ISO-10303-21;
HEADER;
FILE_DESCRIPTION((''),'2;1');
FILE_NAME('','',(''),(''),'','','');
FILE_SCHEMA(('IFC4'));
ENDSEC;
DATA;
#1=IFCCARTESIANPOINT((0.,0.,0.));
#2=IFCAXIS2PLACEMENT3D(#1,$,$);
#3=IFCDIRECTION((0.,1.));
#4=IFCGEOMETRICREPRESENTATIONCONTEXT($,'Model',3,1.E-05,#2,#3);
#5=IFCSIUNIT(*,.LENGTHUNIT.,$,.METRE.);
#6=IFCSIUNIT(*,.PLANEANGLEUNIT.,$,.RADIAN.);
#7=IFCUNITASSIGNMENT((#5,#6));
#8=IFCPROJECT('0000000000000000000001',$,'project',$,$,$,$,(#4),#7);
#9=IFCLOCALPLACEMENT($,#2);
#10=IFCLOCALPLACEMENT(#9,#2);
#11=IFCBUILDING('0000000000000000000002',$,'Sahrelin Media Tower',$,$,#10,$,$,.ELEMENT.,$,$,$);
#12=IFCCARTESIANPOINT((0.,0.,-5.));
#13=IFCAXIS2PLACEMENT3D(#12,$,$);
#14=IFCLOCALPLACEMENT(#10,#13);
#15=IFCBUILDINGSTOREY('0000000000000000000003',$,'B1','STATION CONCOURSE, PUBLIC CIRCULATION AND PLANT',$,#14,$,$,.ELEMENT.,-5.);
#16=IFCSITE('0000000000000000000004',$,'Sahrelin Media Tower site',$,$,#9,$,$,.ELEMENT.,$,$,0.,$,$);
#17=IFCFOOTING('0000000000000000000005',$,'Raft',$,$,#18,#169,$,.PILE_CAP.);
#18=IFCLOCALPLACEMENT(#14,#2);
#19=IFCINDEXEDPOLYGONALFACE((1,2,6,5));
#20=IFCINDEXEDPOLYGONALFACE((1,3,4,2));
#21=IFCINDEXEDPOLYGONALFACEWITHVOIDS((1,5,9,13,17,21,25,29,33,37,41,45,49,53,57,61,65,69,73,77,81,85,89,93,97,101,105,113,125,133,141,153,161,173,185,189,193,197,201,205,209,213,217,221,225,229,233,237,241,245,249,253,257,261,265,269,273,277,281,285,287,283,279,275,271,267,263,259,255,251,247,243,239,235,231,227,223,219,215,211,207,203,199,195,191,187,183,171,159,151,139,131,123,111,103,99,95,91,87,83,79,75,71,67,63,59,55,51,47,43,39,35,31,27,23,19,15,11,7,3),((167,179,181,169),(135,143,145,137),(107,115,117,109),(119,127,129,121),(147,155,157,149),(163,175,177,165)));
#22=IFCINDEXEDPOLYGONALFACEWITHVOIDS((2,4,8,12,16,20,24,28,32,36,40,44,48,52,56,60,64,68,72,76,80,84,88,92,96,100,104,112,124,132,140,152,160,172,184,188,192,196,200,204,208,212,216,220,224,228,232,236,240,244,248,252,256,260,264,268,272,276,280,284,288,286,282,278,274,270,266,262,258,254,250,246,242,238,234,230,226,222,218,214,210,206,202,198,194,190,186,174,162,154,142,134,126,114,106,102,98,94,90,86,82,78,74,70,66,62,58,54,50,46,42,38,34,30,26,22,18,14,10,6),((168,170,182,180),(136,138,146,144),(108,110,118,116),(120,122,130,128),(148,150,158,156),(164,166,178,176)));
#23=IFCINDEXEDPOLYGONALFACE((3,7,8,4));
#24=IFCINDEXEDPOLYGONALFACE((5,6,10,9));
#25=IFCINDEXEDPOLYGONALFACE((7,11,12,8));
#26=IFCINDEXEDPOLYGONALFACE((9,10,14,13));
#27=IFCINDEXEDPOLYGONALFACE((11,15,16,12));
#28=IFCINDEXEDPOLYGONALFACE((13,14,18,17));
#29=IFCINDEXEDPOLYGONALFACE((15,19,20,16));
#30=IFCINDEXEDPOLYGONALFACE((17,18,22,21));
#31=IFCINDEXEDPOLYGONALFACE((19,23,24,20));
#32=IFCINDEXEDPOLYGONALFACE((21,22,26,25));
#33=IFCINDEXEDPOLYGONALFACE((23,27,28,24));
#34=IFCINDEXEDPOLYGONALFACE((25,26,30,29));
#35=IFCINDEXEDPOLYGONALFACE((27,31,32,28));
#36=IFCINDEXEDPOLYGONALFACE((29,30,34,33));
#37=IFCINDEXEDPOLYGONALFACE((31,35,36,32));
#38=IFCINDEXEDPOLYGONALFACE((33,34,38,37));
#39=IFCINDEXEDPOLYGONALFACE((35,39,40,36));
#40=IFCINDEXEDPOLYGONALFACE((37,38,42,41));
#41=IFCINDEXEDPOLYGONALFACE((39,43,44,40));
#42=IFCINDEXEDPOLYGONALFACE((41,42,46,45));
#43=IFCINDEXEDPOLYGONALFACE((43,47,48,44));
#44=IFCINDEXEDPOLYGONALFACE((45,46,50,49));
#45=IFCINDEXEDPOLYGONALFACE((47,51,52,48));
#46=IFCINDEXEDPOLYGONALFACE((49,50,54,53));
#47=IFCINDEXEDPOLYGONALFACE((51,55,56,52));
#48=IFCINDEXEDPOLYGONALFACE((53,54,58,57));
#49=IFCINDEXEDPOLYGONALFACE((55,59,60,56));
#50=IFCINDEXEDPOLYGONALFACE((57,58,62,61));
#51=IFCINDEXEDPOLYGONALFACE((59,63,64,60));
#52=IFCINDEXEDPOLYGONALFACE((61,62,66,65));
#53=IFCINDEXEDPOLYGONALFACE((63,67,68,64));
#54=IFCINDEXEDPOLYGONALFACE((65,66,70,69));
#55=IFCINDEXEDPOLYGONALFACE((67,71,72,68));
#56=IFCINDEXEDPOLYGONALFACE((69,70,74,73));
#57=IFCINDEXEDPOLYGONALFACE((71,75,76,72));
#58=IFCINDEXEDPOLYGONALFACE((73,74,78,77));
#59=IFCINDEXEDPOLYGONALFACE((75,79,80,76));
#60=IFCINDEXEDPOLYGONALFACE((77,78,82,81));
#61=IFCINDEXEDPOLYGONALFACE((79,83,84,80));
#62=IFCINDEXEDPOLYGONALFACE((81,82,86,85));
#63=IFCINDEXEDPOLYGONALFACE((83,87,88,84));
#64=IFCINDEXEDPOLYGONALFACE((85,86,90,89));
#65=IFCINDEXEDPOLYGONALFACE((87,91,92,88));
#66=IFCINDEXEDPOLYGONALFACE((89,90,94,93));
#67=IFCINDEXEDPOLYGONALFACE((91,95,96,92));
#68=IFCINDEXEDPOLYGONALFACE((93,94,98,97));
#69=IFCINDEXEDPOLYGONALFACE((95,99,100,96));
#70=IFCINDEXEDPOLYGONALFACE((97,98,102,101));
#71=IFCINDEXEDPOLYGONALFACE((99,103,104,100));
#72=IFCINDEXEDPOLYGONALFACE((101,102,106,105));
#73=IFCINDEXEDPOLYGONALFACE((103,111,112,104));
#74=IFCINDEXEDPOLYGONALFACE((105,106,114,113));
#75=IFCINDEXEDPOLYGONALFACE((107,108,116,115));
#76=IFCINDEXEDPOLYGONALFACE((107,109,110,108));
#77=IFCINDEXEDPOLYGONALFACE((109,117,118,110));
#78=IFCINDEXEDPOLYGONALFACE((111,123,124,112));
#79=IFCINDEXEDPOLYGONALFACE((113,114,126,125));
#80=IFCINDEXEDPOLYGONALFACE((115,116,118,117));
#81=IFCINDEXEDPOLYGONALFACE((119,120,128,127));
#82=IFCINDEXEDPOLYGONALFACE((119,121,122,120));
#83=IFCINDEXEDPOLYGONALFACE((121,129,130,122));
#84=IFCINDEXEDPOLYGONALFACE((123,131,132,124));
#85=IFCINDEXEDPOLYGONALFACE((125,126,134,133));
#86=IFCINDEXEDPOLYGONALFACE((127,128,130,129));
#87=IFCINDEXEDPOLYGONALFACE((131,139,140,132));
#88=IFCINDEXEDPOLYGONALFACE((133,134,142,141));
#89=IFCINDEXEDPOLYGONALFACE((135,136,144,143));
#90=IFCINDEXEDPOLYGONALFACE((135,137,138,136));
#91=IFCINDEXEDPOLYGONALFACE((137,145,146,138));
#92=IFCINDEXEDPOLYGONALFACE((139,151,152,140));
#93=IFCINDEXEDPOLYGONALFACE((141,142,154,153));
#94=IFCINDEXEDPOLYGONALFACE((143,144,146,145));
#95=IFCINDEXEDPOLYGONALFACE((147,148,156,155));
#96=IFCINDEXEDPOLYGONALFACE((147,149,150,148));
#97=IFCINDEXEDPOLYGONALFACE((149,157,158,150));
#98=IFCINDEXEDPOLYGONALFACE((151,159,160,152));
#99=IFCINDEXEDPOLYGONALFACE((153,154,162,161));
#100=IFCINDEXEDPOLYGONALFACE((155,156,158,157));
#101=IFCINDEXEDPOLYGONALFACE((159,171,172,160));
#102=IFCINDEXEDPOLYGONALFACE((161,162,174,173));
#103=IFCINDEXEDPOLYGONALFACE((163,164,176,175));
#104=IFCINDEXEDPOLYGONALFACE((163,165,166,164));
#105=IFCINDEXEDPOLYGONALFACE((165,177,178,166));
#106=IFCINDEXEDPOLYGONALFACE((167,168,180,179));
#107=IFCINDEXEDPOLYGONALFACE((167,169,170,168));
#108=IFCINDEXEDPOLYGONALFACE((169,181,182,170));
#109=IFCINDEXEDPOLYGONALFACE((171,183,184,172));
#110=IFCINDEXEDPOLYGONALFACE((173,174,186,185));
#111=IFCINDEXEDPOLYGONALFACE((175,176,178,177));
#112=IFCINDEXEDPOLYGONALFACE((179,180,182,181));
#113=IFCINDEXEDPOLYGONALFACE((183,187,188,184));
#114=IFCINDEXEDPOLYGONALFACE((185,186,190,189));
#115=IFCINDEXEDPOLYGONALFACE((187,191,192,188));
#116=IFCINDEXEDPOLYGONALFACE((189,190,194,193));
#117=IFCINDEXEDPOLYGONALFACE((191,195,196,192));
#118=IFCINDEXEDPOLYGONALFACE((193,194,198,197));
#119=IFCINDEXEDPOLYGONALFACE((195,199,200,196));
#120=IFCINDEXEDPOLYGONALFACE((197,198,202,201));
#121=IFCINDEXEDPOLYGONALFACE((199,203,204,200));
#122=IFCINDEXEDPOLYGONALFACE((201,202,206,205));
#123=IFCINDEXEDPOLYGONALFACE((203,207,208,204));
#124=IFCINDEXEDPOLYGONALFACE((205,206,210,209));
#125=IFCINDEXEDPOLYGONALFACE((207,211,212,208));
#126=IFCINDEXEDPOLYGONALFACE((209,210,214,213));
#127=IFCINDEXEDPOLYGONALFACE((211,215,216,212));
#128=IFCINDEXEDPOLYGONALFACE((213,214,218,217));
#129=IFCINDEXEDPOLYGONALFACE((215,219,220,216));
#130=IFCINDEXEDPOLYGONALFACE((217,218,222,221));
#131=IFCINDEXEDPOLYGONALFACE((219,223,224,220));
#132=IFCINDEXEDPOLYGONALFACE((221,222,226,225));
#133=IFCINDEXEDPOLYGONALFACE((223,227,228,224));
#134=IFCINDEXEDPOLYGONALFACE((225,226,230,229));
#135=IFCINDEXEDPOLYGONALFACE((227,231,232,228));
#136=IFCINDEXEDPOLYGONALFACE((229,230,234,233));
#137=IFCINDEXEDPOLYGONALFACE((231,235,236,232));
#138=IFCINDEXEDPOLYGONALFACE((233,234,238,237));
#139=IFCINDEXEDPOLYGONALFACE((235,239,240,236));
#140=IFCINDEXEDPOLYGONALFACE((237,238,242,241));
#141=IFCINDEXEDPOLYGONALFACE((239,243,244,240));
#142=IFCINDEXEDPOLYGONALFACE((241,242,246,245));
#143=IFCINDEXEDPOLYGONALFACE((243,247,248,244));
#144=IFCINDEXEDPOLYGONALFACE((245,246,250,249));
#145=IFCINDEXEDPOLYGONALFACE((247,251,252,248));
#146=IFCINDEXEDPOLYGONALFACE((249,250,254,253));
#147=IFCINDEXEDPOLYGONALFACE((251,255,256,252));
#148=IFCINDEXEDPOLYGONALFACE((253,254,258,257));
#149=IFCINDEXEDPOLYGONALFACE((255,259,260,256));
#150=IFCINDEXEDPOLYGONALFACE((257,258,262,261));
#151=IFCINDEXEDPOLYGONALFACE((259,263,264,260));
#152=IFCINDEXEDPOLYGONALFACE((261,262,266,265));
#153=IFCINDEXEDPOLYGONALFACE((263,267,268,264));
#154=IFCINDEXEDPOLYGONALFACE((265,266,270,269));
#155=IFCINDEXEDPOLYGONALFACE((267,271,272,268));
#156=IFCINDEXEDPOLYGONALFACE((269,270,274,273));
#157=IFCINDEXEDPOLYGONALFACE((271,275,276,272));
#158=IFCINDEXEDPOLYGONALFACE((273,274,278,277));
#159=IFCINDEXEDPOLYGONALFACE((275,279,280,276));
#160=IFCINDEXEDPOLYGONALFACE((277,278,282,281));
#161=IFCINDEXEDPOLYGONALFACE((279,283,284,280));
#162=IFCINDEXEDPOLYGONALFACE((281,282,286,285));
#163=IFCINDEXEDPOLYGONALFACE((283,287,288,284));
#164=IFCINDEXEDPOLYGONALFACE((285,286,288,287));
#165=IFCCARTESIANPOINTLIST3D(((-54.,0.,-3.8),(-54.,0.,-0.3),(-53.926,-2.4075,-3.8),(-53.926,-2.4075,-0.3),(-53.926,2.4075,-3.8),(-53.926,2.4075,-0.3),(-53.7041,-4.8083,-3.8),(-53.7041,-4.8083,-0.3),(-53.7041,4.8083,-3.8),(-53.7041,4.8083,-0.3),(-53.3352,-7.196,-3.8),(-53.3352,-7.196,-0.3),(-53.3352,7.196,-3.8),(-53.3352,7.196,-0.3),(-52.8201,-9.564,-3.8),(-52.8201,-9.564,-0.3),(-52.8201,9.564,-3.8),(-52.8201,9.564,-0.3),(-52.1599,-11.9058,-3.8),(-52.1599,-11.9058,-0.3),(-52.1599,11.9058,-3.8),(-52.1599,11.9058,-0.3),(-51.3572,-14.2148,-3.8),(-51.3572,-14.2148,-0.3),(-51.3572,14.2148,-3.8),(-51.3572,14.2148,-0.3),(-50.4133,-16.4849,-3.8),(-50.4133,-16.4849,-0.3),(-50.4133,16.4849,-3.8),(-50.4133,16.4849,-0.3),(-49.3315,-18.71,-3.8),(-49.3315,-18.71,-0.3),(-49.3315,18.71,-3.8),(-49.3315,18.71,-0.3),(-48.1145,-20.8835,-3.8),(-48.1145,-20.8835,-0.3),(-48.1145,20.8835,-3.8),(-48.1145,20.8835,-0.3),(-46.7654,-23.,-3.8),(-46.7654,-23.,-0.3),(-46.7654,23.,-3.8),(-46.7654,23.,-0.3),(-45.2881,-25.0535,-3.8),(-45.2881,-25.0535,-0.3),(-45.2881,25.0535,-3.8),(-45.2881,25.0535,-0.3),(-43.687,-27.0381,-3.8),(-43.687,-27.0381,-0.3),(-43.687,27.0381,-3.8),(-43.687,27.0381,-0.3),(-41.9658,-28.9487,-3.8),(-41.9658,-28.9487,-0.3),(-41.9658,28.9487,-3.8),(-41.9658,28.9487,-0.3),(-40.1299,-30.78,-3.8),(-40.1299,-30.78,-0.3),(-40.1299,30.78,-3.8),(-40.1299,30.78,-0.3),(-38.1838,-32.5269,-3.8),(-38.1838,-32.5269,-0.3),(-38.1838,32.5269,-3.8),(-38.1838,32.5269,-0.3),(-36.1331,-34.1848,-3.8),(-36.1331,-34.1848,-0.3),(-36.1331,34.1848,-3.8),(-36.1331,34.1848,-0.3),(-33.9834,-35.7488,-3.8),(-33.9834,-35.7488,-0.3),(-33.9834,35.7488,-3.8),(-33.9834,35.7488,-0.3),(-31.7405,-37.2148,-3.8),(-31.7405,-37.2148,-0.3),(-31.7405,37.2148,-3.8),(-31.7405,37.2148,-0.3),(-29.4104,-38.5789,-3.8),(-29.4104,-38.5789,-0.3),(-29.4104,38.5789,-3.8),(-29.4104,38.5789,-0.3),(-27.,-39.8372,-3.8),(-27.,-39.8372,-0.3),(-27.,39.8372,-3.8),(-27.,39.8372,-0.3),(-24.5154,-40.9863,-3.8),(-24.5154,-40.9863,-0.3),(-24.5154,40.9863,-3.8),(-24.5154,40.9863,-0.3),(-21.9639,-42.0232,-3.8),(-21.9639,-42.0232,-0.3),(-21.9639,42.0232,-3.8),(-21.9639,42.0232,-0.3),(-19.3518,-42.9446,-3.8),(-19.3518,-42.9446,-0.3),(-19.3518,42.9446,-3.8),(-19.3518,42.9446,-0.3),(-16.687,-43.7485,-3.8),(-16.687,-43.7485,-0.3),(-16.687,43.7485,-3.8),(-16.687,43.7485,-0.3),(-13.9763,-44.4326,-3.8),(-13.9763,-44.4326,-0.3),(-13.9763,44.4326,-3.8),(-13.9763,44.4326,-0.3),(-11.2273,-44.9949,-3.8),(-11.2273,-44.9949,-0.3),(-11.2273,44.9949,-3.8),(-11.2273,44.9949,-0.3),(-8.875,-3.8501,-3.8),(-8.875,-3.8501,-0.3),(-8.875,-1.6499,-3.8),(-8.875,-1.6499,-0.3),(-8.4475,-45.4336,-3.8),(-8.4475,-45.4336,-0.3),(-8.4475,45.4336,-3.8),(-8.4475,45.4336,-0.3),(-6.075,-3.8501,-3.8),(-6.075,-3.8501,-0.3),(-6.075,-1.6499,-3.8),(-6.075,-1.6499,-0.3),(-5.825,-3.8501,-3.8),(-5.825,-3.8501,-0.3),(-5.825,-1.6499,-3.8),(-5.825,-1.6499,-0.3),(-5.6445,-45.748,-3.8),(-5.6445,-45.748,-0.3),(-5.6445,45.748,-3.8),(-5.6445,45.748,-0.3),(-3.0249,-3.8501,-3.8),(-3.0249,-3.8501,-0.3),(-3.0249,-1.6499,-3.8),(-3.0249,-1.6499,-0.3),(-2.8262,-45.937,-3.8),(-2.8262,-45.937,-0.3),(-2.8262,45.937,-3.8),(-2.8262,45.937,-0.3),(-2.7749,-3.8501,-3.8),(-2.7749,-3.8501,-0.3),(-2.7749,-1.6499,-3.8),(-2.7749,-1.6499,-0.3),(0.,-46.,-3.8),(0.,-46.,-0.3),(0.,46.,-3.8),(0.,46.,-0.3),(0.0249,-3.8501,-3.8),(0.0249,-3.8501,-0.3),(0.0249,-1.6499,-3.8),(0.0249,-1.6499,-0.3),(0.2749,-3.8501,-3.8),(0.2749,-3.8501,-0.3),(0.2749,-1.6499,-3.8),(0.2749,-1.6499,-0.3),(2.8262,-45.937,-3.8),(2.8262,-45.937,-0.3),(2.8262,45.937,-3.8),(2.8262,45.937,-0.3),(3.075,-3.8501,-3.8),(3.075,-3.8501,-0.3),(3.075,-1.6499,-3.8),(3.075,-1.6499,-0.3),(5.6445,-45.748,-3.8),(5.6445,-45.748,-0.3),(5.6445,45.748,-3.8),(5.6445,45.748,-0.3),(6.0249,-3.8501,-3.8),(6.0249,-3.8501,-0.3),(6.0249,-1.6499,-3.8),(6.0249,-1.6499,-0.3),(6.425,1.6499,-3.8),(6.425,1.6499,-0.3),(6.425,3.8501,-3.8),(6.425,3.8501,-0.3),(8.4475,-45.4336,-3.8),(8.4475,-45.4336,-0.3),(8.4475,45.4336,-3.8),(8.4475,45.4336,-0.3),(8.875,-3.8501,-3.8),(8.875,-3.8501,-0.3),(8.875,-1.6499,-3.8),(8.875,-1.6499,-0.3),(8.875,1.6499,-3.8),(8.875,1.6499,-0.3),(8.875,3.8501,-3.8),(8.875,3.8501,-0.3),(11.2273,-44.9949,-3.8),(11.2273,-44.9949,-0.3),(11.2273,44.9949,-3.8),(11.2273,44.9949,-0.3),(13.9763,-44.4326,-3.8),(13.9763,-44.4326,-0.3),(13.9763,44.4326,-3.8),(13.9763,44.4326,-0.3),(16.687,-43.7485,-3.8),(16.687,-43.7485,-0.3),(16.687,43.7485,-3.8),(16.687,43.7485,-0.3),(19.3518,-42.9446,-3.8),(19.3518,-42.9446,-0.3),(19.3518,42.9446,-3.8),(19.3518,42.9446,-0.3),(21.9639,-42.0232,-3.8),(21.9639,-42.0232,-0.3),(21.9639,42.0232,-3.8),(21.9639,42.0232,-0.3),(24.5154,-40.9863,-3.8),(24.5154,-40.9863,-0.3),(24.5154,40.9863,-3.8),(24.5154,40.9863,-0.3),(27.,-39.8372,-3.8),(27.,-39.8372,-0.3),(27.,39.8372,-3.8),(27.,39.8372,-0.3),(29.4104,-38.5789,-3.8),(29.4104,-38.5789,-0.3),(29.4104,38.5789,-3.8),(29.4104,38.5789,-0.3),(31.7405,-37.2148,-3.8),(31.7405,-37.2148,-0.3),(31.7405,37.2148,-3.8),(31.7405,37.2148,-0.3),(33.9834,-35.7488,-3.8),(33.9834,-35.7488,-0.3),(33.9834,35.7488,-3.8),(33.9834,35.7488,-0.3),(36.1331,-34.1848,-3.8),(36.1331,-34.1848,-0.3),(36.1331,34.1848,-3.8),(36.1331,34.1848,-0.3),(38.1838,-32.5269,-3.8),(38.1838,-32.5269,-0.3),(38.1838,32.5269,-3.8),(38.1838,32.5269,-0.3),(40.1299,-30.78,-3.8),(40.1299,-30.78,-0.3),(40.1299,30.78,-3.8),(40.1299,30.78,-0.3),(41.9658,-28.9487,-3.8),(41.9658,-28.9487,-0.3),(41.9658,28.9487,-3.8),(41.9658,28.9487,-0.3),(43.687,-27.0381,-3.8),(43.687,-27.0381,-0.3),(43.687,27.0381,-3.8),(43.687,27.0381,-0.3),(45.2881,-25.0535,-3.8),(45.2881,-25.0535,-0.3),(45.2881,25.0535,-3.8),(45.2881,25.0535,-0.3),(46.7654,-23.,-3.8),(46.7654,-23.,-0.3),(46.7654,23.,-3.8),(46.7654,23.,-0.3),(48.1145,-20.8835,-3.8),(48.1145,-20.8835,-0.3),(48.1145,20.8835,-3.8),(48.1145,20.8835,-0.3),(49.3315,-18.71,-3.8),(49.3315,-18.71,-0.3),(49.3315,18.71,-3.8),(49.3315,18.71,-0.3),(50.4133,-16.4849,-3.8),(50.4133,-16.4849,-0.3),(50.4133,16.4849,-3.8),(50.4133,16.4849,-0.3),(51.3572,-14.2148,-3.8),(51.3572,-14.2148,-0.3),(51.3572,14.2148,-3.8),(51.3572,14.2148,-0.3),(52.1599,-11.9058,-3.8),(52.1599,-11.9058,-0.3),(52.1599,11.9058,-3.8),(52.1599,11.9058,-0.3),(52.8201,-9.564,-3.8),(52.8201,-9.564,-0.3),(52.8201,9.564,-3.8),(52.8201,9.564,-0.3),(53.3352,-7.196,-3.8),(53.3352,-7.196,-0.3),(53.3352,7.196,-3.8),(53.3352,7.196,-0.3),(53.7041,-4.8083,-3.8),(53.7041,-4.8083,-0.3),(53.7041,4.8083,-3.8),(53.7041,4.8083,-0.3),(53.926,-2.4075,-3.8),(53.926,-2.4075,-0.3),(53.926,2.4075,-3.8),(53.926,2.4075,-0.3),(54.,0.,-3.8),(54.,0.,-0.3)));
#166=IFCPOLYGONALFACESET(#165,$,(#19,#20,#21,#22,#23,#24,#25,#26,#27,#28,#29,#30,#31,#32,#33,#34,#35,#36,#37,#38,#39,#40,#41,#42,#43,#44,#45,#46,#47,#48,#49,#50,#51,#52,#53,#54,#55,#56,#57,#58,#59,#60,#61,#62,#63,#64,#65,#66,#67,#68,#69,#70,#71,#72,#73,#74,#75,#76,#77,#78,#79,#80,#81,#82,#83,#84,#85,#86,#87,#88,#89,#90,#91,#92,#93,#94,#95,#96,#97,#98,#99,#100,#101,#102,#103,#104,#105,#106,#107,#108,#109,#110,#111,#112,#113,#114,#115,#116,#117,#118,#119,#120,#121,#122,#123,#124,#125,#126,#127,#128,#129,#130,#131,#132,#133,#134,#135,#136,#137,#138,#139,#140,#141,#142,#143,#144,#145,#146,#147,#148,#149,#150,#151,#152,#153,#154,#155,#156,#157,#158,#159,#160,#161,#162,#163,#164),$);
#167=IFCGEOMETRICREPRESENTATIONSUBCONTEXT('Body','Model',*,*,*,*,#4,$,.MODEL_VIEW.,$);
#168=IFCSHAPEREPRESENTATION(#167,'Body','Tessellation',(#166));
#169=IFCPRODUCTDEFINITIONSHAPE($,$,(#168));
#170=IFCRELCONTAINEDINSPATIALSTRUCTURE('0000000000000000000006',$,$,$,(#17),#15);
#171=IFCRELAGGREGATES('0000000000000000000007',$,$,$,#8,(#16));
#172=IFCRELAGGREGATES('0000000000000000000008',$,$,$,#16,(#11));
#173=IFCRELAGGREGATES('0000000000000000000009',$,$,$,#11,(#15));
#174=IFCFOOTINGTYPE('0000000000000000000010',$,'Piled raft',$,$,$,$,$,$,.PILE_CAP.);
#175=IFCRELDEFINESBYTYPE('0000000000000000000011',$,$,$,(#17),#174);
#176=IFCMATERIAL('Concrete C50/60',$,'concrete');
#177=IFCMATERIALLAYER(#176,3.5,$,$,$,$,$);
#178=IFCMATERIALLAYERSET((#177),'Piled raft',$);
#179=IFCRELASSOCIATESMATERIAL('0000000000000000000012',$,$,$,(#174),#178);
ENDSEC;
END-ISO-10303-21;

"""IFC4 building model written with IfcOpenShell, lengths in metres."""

from ifc_helpers import new_model, si_unit, direction, frame, origin, place, context, subcontext, project, spatial, polyline, outline, extrude, material, layer, layer_set, type_object, element, save


model = new_model("IFC4")

# Units and contexts
model_context = context("Model", 3, precision=1e-05, world=origin(), true_north=direction((0.0, 1.0)))
body_context = subcontext(model_context, "Body", "Model", "MODEL_VIEW")
ifc_project = project(units=[si_unit("LENGTHUNIT", "METRE"), si_unit("PLANEANGLEUNIT", "RADIAN")], contexts=[model_context])

# Site, building, storey
site_placement = place(None, origin())
site = spatial("IfcSite", under=ifc_project, at=site_placement, Name="Sahrelin Media Tower site", CompositionType="ELEMENT", RefElevation=0.0)
building_placement = place(site_placement, origin())
building = spatial("IfcBuilding", under=site, at=building_placement, Name="Sahrelin Media Tower", CompositionType="ELEMENT")
storey_placement = place(building_placement, frame((0.0, 0.0, -5.0)))
storey = spatial("IfcBuildingStorey", under=building, at=storey_placement, Name="B1", Description="STATION CONCOURSE, PUBLIC CIRCULATION AND PLANT", CompositionType="ELEMENT", Elevation=-5.0)

# Footing
ifc_material_1 = material(Name="Concrete C50/60", Category="concrete")
ifc_layer_1 = layer(ifc_material_1, 3.5)
ifc_layer_set_1 = layer_set([ifc_layer_1], Name="Piled raft")
footing_type_1 = type_object("IfcFootingType", Name="Piled raft", PredefinedType="PILE_CAP", material=ifc_layer_set_1)
placement = place(storey_placement, frame((0.0, 0.0, -3.8)))
element("IfcFooting", 1, at=placement, inside=storey, type_object=footing_type_1, Name="Raft", PredefinedType="PILE_CAP", context=body_context, shape_type="SweptSolid", body=[
    extrude(outline(polyline([(52.1599, -11.9058), (52.8201, -9.564), (53.3352, -7.196), (53.7041, -4.8083), (53.926, -2.4075), (54.0, 0.0), (53.926, 2.4075), (53.7041, 4.8083), (53.3352, 7.196), (52.8201, 9.564), (52.1599, 11.9058), (51.3572, 14.2148), (50.4133, 16.4849), (49.3315, 18.71), (48.1145, 20.8835), (46.7654, 23.0), (45.2881, 25.0535), (43.687, 27.0381), (41.9658, 28.9487), (40.1299, 30.78), (38.1838, 32.5269), (36.1331, 34.1848), (33.9834, 35.7488), (31.7405, 37.2148), (29.4104, 38.5789), (27.0, 39.8372), (24.5154, 40.9863), (21.9639, 42.0232), (19.3518, 42.9446), (16.687, 43.7485), (13.9763, 44.4326), (11.2273, 44.9949), (8.4475, 45.4336), (5.6445, 45.748), (2.8262, 45.937), (0.0, 46.0), (-2.8262, 45.937), (-5.6445, 45.748), (-8.4475, 45.4336), (-11.2273, 44.9949), (-13.9763, 44.4326), (-16.687, 43.7485), (-19.3518, 42.9446), (-21.9639, 42.0232), (-24.5154, 40.9863), (-27.0, 39.8372), (-29.4104, 38.5789), (-31.7405, 37.2148), (-33.9834, 35.7488), (-36.1331, 34.1848), (-38.1838, 32.5269), (-40.1299, 30.78), (-41.9658, 28.9487), (-43.687, 27.0381), (-45.2881, 25.0535), (-46.7654, 23.0), (-48.1145, 20.8835), (-49.3315, 18.71), (-50.4133, 16.4849), (-51.3572, 14.2148), (-52.1599, 11.9058), (-52.8201, 9.564), (-53.3352, 7.196), (-53.7041, 4.8083), (-53.926, 2.4075), (-54.0, 0.0), (-53.926, -2.4075), (-53.7041, -4.8083), (-53.3352, -7.196), (-52.8201, -9.564), (-52.1599, -11.9058), (-51.3572, -14.2148), (-50.4133, -16.4849), (-49.3315, -18.71), (-48.1145, -20.8835), (-46.7654, -23.0), (-45.2881, -25.0535), (-43.687, -27.0381), (-41.9658, -28.9487), (-40.1299, -30.78), (-38.1838, -32.5269), (-36.1331, -34.1848), (-33.9834, -35.7488), (-31.7405, -37.2148), (-29.4104, -38.5789), (-27.0, -39.8372), (-24.5154, -40.9863), (-21.9639, -42.0232), (-19.3518, -42.9446), (-16.687, -43.7485), (-13.9763, -44.4326), (-11.2273, -44.9949), (-8.4475, -45.4336), (-5.6445, -45.748), (-2.8262, -45.937), (0.0, -46.0), (2.8262, -45.937), (5.6445, -45.748), (8.4475, -45.4336), (11.2273, -44.9949), (13.9763, -44.4326), (16.687, -43.7485), (19.3518, -42.9446), (21.9639, -42.0232), (24.5154, -40.9863), (27.0, -39.8372), (29.4104, -38.5789), (31.7405, -37.2148), (33.9834, -35.7488), (36.1331, -34.1848), (38.1838, -32.5269), (40.1299, -30.78), (41.9658, -28.9487), (43.687, -27.0381), (45.2881, -25.0535), (46.7654, -23.0), (48.1145, -20.8835), (49.3315, -18.71), (50.4133, -16.4849), (51.3572, -14.2148), (52.1599, -11.9058)]), holes=[polyline([(-6.075, -1.6499), (-6.075, -3.8501), (-8.875, -3.8501), (-8.875, -1.6499), (-6.075, -1.6499)]), polyline([(-3.0249, -3.8501), (-5.825, -3.8501), (-5.825, -1.6499), (-3.0249, -1.6499), (-3.0249, -3.8501)]), polyline([(6.0249, -3.8501), (6.0249, -1.6499), (8.875, -1.6499), (8.875, -3.8501), (6.0249, -3.8501)]), polyline([(6.425, 3.8501), (8.875, 3.8501), (8.875, 1.6499), (6.425, 1.6499), (6.425, 3.8501)]), polyline([(0.0249, -1.6499), (0.0249, -3.8501), (-2.7749, -3.8501), (-2.7749, -1.6499), (0.0249, -1.6499)]), polyline([(3.075, -3.8501), (0.2749, -3.8501), (0.2749, -1.6499), (3.075, -1.6499), (3.075, -3.8501)])]), origin(), (0.0, 0.0, 1.0), 3.5),
])

save(model, "model.ifc")
